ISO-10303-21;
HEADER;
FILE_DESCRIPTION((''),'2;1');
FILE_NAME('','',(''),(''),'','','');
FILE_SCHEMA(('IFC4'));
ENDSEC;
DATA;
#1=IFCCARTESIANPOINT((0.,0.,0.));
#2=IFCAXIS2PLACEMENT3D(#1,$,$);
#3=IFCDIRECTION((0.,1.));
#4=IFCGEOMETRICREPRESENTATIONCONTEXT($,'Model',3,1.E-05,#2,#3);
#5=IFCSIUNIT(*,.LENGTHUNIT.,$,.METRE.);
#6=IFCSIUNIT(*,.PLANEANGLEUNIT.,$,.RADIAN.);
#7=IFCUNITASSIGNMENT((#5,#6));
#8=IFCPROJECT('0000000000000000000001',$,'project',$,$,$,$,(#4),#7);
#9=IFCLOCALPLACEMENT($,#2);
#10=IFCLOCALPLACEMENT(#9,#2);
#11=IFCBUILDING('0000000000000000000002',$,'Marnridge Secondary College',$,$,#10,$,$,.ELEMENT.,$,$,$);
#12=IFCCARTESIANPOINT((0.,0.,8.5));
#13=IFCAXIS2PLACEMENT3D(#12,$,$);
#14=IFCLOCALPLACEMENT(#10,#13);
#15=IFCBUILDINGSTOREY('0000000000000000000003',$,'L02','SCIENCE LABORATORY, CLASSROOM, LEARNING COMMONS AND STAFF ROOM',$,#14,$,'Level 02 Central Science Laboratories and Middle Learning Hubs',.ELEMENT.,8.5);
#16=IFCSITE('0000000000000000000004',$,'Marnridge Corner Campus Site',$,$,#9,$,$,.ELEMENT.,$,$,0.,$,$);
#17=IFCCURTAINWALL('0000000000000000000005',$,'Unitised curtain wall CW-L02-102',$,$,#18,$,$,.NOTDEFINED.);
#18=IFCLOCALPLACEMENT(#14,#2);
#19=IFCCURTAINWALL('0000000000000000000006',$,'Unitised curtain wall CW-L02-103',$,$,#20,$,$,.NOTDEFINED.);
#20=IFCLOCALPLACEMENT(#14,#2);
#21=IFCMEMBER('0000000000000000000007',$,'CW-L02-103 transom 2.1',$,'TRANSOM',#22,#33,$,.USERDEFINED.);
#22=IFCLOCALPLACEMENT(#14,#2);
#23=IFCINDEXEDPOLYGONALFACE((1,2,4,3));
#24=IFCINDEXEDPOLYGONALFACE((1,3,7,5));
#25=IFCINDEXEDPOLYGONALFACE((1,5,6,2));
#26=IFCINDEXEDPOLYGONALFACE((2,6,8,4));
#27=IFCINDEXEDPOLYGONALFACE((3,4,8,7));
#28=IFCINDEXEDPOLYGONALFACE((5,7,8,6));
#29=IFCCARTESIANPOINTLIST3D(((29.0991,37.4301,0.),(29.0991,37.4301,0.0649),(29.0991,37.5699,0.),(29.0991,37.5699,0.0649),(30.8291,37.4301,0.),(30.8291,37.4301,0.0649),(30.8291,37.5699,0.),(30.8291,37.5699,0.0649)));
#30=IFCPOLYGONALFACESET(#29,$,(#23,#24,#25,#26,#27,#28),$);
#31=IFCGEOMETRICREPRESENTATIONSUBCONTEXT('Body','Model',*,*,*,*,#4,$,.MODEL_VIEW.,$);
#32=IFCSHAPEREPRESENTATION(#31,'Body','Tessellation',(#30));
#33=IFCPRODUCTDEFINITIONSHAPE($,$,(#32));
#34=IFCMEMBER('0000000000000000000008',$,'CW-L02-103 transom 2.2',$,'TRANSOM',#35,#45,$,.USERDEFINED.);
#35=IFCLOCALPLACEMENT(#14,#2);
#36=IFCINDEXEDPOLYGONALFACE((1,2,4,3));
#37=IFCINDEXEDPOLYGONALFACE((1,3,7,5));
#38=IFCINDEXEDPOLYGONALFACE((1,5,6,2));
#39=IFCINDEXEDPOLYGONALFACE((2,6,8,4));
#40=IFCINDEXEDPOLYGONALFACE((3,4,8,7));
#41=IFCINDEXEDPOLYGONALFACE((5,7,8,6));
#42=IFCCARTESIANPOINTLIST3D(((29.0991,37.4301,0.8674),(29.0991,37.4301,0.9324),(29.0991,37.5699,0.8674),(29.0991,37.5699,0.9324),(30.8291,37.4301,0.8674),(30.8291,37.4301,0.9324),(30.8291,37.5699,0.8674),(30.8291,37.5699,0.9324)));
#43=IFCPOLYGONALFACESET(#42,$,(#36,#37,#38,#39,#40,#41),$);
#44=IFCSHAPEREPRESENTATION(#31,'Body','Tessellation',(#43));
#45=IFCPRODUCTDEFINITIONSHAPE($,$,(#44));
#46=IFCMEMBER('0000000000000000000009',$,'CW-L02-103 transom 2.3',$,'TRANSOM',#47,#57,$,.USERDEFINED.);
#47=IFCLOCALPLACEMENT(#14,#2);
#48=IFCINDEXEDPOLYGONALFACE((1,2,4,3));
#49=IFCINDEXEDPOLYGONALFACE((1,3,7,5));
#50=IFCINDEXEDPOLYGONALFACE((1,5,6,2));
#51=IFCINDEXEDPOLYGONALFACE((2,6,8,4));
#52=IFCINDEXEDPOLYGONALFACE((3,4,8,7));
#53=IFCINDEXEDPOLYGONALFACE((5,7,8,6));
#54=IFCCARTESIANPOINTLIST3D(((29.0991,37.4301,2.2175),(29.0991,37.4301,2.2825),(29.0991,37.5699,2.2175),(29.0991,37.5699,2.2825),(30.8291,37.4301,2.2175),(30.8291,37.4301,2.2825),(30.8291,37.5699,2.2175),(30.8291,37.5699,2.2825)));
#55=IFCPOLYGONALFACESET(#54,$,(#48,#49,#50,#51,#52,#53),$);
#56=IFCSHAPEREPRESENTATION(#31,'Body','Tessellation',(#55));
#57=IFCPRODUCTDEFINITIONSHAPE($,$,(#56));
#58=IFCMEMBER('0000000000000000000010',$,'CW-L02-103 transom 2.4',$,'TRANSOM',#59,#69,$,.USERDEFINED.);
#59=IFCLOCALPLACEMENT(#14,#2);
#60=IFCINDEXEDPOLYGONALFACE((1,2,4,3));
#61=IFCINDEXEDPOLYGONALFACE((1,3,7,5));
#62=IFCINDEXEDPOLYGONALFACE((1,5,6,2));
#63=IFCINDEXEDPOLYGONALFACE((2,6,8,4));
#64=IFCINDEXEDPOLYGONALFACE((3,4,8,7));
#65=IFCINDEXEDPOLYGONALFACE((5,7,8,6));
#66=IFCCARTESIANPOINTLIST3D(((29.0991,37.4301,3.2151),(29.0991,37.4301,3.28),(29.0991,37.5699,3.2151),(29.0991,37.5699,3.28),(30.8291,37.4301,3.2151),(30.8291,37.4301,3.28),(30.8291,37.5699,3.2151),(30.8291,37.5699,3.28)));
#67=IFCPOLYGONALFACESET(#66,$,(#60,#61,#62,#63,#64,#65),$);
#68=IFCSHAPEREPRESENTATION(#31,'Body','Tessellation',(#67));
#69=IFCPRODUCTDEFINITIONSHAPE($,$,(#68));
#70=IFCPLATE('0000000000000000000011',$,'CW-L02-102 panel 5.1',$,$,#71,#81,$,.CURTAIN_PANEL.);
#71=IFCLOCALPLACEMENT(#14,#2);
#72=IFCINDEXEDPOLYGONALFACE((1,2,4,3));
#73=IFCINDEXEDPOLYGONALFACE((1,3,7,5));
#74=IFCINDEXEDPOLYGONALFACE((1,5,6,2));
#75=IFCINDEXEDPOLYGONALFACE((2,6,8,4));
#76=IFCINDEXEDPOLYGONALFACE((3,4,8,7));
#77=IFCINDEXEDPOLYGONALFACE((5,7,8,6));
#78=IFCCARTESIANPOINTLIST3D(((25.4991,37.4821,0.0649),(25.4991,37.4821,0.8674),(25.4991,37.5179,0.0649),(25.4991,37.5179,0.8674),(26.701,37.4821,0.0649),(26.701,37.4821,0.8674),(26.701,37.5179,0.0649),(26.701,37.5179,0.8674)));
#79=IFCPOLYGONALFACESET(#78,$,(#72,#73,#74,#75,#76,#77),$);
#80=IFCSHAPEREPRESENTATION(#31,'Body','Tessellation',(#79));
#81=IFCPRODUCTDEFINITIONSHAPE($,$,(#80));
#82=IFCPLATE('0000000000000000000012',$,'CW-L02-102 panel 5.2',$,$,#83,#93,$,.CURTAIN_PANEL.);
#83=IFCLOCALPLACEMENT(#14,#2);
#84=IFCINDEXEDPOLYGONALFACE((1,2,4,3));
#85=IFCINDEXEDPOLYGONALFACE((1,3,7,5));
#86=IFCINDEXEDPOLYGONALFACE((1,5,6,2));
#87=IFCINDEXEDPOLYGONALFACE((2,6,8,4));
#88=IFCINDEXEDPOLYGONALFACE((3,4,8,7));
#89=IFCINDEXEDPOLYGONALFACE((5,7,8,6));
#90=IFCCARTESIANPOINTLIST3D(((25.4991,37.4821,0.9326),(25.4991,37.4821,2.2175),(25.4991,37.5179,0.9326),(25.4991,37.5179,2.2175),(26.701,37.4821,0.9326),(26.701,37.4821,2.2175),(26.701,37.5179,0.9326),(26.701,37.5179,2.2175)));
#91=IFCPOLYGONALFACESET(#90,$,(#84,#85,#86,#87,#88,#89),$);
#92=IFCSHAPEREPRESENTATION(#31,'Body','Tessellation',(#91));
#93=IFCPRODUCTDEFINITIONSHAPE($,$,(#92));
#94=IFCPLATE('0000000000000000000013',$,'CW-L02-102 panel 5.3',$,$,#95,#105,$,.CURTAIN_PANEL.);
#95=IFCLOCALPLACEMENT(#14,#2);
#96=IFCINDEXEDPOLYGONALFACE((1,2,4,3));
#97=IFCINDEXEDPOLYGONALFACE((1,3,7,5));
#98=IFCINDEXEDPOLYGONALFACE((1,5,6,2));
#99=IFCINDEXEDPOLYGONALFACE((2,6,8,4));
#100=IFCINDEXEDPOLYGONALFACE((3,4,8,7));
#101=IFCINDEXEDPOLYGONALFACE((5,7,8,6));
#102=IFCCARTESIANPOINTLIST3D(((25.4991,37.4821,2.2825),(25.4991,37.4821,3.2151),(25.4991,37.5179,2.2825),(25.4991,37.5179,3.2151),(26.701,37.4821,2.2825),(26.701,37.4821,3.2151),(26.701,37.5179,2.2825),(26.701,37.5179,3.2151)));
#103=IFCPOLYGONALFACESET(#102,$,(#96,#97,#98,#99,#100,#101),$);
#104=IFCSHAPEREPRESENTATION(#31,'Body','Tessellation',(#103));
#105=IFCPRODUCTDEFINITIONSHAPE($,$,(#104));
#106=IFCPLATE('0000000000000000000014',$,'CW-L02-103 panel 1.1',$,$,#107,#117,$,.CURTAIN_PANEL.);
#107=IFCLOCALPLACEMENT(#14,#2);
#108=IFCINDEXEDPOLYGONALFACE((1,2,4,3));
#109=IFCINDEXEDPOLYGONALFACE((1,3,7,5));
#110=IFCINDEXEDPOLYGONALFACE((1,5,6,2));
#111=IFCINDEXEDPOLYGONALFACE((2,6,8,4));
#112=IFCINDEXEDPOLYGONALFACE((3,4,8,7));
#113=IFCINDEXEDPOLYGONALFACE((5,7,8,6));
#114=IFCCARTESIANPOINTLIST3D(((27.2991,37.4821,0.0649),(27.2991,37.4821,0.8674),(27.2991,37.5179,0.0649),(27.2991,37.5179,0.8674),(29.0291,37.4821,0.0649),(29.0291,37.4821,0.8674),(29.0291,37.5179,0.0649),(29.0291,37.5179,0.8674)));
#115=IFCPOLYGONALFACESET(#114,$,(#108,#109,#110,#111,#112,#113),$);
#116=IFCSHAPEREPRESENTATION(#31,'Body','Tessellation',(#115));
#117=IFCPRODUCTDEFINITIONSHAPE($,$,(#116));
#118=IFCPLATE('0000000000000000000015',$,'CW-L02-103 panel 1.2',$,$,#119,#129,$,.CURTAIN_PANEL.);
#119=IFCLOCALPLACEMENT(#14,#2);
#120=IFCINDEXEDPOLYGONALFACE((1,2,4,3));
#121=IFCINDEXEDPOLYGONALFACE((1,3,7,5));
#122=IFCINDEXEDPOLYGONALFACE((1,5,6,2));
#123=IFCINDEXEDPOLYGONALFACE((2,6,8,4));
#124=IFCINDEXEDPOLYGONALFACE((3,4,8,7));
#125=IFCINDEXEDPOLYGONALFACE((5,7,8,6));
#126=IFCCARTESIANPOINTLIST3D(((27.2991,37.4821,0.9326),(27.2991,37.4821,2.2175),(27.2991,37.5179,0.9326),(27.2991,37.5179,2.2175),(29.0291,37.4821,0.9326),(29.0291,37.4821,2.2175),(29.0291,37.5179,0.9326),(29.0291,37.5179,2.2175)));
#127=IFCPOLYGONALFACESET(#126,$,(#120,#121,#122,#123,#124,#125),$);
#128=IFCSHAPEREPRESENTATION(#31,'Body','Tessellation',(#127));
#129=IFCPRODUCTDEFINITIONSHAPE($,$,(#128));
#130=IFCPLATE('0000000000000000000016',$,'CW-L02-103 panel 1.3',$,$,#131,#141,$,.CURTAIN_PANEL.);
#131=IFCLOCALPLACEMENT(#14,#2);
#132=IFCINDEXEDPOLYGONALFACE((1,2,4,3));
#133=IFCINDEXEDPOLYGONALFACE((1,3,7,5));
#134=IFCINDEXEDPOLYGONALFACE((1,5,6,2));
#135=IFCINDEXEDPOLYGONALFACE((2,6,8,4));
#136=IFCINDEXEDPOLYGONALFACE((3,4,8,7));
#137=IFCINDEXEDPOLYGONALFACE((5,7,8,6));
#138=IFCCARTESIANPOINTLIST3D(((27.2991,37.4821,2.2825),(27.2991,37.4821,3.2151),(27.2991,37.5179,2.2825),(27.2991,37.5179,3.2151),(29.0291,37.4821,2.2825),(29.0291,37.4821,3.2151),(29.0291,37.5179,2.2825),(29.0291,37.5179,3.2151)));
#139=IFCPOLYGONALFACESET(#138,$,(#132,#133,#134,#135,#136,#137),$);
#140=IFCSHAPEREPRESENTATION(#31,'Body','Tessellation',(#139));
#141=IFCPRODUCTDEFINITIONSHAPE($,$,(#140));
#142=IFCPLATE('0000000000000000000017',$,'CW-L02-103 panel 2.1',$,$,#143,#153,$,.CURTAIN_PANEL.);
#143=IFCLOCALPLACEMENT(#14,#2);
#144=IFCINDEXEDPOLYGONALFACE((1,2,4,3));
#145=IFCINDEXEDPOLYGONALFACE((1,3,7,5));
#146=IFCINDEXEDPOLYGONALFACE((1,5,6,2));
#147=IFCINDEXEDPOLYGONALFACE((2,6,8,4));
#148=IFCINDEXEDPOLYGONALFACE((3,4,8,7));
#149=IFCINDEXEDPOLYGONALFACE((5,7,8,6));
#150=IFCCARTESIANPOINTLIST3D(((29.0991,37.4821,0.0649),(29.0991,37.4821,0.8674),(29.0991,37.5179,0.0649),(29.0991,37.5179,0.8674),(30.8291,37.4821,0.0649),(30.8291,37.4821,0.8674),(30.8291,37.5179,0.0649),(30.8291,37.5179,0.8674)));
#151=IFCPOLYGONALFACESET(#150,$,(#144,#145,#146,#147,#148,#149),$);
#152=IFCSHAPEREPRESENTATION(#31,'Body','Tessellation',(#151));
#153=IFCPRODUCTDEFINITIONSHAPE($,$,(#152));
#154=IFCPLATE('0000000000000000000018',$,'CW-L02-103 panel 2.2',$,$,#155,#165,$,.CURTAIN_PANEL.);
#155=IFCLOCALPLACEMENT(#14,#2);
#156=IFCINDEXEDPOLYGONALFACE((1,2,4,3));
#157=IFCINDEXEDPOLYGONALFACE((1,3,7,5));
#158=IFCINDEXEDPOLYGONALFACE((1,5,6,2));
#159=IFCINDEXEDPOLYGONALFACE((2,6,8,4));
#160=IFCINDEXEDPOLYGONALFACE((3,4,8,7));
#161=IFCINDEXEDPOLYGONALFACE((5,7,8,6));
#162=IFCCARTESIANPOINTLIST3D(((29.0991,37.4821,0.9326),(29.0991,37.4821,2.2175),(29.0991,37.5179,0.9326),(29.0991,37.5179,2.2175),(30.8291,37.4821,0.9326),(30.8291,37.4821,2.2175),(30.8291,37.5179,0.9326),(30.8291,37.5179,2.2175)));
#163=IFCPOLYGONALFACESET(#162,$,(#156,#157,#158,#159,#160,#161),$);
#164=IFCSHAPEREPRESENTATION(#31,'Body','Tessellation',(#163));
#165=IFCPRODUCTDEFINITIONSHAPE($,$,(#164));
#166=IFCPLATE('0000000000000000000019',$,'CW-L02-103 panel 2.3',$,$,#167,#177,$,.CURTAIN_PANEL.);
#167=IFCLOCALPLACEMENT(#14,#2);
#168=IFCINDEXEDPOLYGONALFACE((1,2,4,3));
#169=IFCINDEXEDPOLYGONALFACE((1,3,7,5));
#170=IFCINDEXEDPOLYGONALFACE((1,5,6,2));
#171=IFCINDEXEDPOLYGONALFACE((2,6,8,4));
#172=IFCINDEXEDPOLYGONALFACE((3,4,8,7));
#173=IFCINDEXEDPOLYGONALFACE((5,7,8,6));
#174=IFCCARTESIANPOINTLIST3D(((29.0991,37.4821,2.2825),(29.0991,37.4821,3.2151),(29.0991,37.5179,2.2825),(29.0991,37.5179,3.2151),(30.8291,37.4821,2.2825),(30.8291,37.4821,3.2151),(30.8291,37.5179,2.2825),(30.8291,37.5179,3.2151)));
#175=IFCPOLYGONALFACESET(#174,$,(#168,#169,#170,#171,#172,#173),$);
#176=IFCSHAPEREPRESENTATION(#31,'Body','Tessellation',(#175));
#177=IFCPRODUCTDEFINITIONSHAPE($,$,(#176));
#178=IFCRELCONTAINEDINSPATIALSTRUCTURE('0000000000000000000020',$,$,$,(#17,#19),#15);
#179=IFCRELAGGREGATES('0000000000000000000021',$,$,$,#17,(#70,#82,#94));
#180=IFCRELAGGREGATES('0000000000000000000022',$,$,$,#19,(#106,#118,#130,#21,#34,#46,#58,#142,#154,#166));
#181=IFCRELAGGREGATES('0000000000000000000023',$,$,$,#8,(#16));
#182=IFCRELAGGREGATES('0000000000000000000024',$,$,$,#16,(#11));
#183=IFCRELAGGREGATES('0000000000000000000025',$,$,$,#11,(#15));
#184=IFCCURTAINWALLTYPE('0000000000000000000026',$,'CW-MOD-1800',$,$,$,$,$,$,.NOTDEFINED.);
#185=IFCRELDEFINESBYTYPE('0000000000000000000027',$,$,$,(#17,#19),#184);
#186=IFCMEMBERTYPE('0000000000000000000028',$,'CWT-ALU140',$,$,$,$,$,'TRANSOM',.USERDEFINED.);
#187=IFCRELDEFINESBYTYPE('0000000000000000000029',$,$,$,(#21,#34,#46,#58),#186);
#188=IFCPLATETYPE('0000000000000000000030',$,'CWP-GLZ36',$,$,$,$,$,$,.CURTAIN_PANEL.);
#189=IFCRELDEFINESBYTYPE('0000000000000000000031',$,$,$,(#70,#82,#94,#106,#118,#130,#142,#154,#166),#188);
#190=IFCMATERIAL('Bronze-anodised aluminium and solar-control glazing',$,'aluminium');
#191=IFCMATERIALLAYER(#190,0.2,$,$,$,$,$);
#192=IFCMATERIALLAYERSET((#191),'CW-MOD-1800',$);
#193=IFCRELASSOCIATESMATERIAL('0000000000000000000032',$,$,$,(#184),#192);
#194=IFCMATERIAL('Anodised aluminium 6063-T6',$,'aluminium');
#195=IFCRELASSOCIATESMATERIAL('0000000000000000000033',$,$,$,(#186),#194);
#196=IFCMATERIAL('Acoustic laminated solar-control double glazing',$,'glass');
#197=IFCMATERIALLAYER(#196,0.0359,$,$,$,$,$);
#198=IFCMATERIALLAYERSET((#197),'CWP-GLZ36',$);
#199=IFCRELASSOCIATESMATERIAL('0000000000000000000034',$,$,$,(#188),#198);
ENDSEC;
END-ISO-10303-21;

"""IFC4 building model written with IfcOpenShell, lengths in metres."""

from ifc_helpers import new_model, si_unit, direction, frame, origin, origin_2d, place, context, subcontext, project, spatial, rectangle, extrude, material, layer, layer_set, material_profile, profile_set, type_object, element, aggregate, save


model = new_model("IFC4")

# Units and contexts
model_context = context("Model", 3, precision=1e-05, world=origin(), true_north=direction((0.0, 1.0)))
body_context = subcontext(model_context, "Body", "Model", "MODEL_VIEW")
ifc_project = project(units=[si_unit("LENGTHUNIT", "METRE"), si_unit("PLANEANGLEUNIT", "RADIAN")], contexts=[model_context])

# Site, building, storey
site_placement = place(None, origin())
site = spatial("IfcSite", under=ifc_project, at=site_placement, Name="Marnridge Corner Campus Site", CompositionType="ELEMENT", RefElevation=0.0)
building_placement = place(site_placement, origin())
building = spatial("IfcBuilding", under=site, at=building_placement, Name="Marnridge Secondary College", CompositionType="ELEMENT")
storey_placement = place(building_placement, frame((0.0, 0.0, 8.5)))
storey = spatial("IfcBuildingStorey", under=building, at=storey_placement, Name="L02", Description="SCIENCE LABORATORY, CLASSROOM, LEARNING COMMONS AND STAFF ROOM", LongName="Level 02 Central Science Laboratories and Middle Learning Hubs", CompositionType="ELEMENT", Elevation=8.5)

# Curtain wall
ifc_material_1 = material(Name="Bronze-anodised aluminium and solar-control glazing", Category="aluminium")
ifc_layer_1 = layer(ifc_material_1, 0.2)
ifc_layer_set_1 = layer_set([ifc_layer_1], Name="CW-MOD-1800")
curtain_wall_type = type_object("IfcCurtainWallType", Name="CW-MOD-1800", PredefinedType="NOTDEFINED", material=ifc_layer_set_1)
curtain_wall_1_placement = place(storey_placement, origin())
curtain_wall_1 = element("IfcCurtainWall", 1, at=curtain_wall_1_placement, inside=storey, type_object=curtain_wall_type, Name="Unitised curtain wall CW-L02-102", PredefinedType="NOTDEFINED")

# Curtain wall
curtain_wall_2_placement = place(storey_placement, origin())
curtain_wall_2 = element("IfcCurtainWall", 2, at=curtain_wall_2_placement, inside=storey, type_object=curtain_wall_type, Name="Unitised curtain wall CW-L02-103", PredefinedType="NOTDEFINED")

# Members
ifc_material_2 = material(Name="Anodised aluminium 6063-T6", Category="aluminium")
ifc_material_profile_1 = material_profile(ifc_material_2, rectangle(XDim=0.0649, YDim=0.1399, at=origin_2d()), Name="ALU 65x140")
ifc_profile_set_1 = profile_set([ifc_material_profile_1], Name="Anodised aluminium 6063-T6")
member_type_1 = type_object("IfcMemberType", Name="CWT-ALU140", ElementType="TRANSOM", PredefinedType="USERDEFINED", material=ifc_profile_set_1)
member_1_placement = place(storey_placement, frame((29.0991, 37.5, 0.0325), z_axis=(1.0, 0.0, 0.0), x_axis=(0.0, 0.0, 1.0)))
member_1 = element("IfcMember", 3, at=member_1_placement, type_object=member_type_1, Name="CW-L02-103 transom 2.1", ObjectType="TRANSOM", PredefinedType="USERDEFINED", context=body_context, shape_type="SweptSolid", body=[
    extrude(rectangle(XDim=0.0649, YDim=0.1399, at=origin_2d()), origin(), (0.0, 0.0, 1.0), 1.73),
])
member_2_placement = place(storey_placement, frame((29.0991, 37.5, 0.8999), z_axis=(1.0, 0.0, 0.0), x_axis=(0.0, 0.0, 1.0)))
member_2 = element("IfcMember", 4, at=member_2_placement, type_object=member_type_1, Name="CW-L02-103 transom 2.2", ObjectType="TRANSOM", PredefinedType="USERDEFINED", context=body_context, shape_type="SweptSolid", body=[
    extrude(rectangle(XDim=0.0649, YDim=0.1399, at=origin_2d()), origin(), (0.0, 0.0, 1.0), 1.73),
])
member_3_placement = place(storey_placement, frame((29.0991, 37.5, 2.25), z_axis=(1.0, 0.0, 0.0), x_axis=(0.0, 0.0, 1.0)))
member_3 = element("IfcMember", 5, at=member_3_placement, type_object=member_type_1, Name="CW-L02-103 transom 2.3", ObjectType="TRANSOM", PredefinedType="USERDEFINED", context=body_context, shape_type="SweptSolid", body=[
    extrude(rectangle(XDim=0.0649, YDim=0.1399, at=origin_2d()), origin(), (0.0, 0.0, 1.0), 1.73),
])
member_4_placement = place(storey_placement, frame((29.0991, 37.5, 3.2476), z_axis=(1.0, 0.0, 0.0), x_axis=(0.0, 0.0, 1.0)))
member_4 = element("IfcMember", 6, at=member_4_placement, type_object=member_type_1, Name="CW-L02-103 transom 2.4", ObjectType="TRANSOM", PredefinedType="USERDEFINED", context=body_context, shape_type="SweptSolid", body=[
    extrude(rectangle(XDim=0.0649, YDim=0.1399, at=origin_2d()), origin(), (0.0, 0.0, 1.0), 1.73),
])

# Plates
ifc_material_3 = material(Name="Acoustic laminated solar-control double glazing", Category="glass")
ifc_layer_2 = layer(ifc_material_3, 0.0359)
ifc_layer_set_2 = layer_set([ifc_layer_2], Name="CWP-GLZ36")
plate_type = type_object("IfcPlateType", Name="CWP-GLZ36", PredefinedType="CURTAIN_PANEL", material=ifc_layer_set_2)
plate_1_placement = place(storey_placement, frame((26.1001, 37.5, 0.0649), z_axis=(0.0, 0.0, 1.0), x_axis=(1.0, 0.0, 0.0)))
plate_1 = element("IfcPlate", 7, at=plate_1_placement, type_object=plate_type, Name="CW-L02-102 panel 5.1", PredefinedType="CURTAIN_PANEL", context=body_context, shape_type="SweptSolid", body=[
    extrude(rectangle(XDim=1.2019, YDim=0.0359, at=origin_2d()), origin(), (0.0, 0.0, 1.0), 0.8025),
])
plate_2_placement = place(storey_placement, frame((26.1001, 37.5, 0.9326), z_axis=(0.0, 0.0, 1.0), x_axis=(1.0, 0.0, 0.0)))
plate_2 = element("IfcPlate", 8, at=plate_2_placement, type_object=plate_type, Name="CW-L02-102 panel 5.2", PredefinedType="CURTAIN_PANEL", context=body_context, shape_type="SweptSolid", body=[
    extrude(rectangle(XDim=1.2019, YDim=0.0359, at=origin_2d()), origin(), (0.0, 0.0, 1.0), 1.2849),
])
plate_3_placement = place(storey_placement, frame((26.1001, 37.5, 2.2825), z_axis=(0.0, 0.0, 1.0), x_axis=(1.0, 0.0, 0.0)))
plate_3 = element("IfcPlate", 9, at=plate_3_placement, type_object=plate_type, Name="CW-L02-102 panel 5.3", PredefinedType="CURTAIN_PANEL", context=body_context, shape_type="SweptSolid", body=[
    extrude(rectangle(XDim=1.2019, YDim=0.0359, at=origin_2d()), origin(), (0.0, 0.0, 1.0), 0.9326),
])
aggregate(curtain_wall_1, [plate_1, plate_2, plate_3])
plate_4_placement = place(storey_placement, frame((28.1641, 37.5, 0.0649), z_axis=(0.0, 0.0, 1.0), x_axis=(1.0, 0.0, 0.0)))
plate_4 = element("IfcPlate", 10, at=plate_4_placement, type_object=plate_type, Name="CW-L02-103 panel 1.1", PredefinedType="CURTAIN_PANEL", context=body_context, shape_type="SweptSolid", body=[
    extrude(rectangle(XDim=1.73, YDim=0.0359, at=origin_2d()), origin(), (0.0, 0.0, 1.0), 0.8025),
])
plate_5_placement = place(storey_placement, frame((28.1641, 37.5, 0.9326), z_axis=(0.0, 0.0, 1.0), x_axis=(1.0, 0.0, 0.0)))
plate_5 = element("IfcPlate", 11, at=plate_5_placement, type_object=plate_type, Name="CW-L02-103 panel 1.2", PredefinedType="CURTAIN_PANEL", context=body_context, shape_type="SweptSolid", body=[
    extrude(rectangle(XDim=1.73, YDim=0.0359, at=origin_2d()), origin(), (0.0, 0.0, 1.0), 1.2849),
])
plate_6_placement = place(storey_placement, frame((28.1641, 37.5, 2.2825), z_axis=(0.0, 0.0, 1.0), x_axis=(1.0, 0.0, 0.0)))
plate_6 = element("IfcPlate", 12, at=plate_6_placement, type_object=plate_type, Name="CW-L02-103 panel 1.3", PredefinedType="CURTAIN_PANEL", context=body_context, shape_type="SweptSolid", body=[
    extrude(rectangle(XDim=1.73, YDim=0.0359, at=origin_2d()), origin(), (0.0, 0.0, 1.0), 0.9326),
])
plate_7_placement = place(storey_placement, frame((29.9641, 37.5, 0.0649), z_axis=(0.0, 0.0, 1.0), x_axis=(1.0, 0.0, 0.0)))
plate_7 = element("IfcPlate", 13, at=plate_7_placement, type_object=plate_type, Name="CW-L02-103 panel 2.1", PredefinedType="CURTAIN_PANEL", context=body_context, shape_type="SweptSolid", body=[
    extrude(rectangle(XDim=1.73, YDim=0.0359, at=origin_2d()), origin(), (0.0, 0.0, 1.0), 0.8025),
])
plate_8_placement = place(storey_placement, frame((29.9641, 37.5, 0.9326), z_axis=(0.0, 0.0, 1.0), x_axis=(1.0, 0.0, 0.0)))
plate_8 = element("IfcPlate", 14, at=plate_8_placement, type_object=plate_type, Name="CW-L02-103 panel 2.2", PredefinedType="CURTAIN_PANEL", context=body_context, shape_type="SweptSolid", body=[
    extrude(rectangle(XDim=1.73, YDim=0.0359, at=origin_2d()), origin(), (0.0, 0.0, 1.0), 1.2849),
])
plate_9_placement = place(storey_placement, frame((29.9641, 37.5, 2.2825), z_axis=(0.0, 0.0, 1.0), x_axis=(1.0, 0.0, 0.0)))
plate_9 = element("IfcPlate", 15, at=plate_9_placement, type_object=plate_type, Name="CW-L02-103 panel 2.3", PredefinedType="CURTAIN_PANEL", context=body_context, shape_type="SweptSolid", body=[
    extrude(rectangle(XDim=1.73, YDim=0.0359, at=origin_2d()), origin(), (0.0, 0.0, 1.0), 0.9326),
])
aggregate(curtain_wall_2, [plate_4, plate_5, plate_6, member_1, member_2, member_3, member_4, plate_7, plate_8, plate_9])

save(model, "model.ifc")
